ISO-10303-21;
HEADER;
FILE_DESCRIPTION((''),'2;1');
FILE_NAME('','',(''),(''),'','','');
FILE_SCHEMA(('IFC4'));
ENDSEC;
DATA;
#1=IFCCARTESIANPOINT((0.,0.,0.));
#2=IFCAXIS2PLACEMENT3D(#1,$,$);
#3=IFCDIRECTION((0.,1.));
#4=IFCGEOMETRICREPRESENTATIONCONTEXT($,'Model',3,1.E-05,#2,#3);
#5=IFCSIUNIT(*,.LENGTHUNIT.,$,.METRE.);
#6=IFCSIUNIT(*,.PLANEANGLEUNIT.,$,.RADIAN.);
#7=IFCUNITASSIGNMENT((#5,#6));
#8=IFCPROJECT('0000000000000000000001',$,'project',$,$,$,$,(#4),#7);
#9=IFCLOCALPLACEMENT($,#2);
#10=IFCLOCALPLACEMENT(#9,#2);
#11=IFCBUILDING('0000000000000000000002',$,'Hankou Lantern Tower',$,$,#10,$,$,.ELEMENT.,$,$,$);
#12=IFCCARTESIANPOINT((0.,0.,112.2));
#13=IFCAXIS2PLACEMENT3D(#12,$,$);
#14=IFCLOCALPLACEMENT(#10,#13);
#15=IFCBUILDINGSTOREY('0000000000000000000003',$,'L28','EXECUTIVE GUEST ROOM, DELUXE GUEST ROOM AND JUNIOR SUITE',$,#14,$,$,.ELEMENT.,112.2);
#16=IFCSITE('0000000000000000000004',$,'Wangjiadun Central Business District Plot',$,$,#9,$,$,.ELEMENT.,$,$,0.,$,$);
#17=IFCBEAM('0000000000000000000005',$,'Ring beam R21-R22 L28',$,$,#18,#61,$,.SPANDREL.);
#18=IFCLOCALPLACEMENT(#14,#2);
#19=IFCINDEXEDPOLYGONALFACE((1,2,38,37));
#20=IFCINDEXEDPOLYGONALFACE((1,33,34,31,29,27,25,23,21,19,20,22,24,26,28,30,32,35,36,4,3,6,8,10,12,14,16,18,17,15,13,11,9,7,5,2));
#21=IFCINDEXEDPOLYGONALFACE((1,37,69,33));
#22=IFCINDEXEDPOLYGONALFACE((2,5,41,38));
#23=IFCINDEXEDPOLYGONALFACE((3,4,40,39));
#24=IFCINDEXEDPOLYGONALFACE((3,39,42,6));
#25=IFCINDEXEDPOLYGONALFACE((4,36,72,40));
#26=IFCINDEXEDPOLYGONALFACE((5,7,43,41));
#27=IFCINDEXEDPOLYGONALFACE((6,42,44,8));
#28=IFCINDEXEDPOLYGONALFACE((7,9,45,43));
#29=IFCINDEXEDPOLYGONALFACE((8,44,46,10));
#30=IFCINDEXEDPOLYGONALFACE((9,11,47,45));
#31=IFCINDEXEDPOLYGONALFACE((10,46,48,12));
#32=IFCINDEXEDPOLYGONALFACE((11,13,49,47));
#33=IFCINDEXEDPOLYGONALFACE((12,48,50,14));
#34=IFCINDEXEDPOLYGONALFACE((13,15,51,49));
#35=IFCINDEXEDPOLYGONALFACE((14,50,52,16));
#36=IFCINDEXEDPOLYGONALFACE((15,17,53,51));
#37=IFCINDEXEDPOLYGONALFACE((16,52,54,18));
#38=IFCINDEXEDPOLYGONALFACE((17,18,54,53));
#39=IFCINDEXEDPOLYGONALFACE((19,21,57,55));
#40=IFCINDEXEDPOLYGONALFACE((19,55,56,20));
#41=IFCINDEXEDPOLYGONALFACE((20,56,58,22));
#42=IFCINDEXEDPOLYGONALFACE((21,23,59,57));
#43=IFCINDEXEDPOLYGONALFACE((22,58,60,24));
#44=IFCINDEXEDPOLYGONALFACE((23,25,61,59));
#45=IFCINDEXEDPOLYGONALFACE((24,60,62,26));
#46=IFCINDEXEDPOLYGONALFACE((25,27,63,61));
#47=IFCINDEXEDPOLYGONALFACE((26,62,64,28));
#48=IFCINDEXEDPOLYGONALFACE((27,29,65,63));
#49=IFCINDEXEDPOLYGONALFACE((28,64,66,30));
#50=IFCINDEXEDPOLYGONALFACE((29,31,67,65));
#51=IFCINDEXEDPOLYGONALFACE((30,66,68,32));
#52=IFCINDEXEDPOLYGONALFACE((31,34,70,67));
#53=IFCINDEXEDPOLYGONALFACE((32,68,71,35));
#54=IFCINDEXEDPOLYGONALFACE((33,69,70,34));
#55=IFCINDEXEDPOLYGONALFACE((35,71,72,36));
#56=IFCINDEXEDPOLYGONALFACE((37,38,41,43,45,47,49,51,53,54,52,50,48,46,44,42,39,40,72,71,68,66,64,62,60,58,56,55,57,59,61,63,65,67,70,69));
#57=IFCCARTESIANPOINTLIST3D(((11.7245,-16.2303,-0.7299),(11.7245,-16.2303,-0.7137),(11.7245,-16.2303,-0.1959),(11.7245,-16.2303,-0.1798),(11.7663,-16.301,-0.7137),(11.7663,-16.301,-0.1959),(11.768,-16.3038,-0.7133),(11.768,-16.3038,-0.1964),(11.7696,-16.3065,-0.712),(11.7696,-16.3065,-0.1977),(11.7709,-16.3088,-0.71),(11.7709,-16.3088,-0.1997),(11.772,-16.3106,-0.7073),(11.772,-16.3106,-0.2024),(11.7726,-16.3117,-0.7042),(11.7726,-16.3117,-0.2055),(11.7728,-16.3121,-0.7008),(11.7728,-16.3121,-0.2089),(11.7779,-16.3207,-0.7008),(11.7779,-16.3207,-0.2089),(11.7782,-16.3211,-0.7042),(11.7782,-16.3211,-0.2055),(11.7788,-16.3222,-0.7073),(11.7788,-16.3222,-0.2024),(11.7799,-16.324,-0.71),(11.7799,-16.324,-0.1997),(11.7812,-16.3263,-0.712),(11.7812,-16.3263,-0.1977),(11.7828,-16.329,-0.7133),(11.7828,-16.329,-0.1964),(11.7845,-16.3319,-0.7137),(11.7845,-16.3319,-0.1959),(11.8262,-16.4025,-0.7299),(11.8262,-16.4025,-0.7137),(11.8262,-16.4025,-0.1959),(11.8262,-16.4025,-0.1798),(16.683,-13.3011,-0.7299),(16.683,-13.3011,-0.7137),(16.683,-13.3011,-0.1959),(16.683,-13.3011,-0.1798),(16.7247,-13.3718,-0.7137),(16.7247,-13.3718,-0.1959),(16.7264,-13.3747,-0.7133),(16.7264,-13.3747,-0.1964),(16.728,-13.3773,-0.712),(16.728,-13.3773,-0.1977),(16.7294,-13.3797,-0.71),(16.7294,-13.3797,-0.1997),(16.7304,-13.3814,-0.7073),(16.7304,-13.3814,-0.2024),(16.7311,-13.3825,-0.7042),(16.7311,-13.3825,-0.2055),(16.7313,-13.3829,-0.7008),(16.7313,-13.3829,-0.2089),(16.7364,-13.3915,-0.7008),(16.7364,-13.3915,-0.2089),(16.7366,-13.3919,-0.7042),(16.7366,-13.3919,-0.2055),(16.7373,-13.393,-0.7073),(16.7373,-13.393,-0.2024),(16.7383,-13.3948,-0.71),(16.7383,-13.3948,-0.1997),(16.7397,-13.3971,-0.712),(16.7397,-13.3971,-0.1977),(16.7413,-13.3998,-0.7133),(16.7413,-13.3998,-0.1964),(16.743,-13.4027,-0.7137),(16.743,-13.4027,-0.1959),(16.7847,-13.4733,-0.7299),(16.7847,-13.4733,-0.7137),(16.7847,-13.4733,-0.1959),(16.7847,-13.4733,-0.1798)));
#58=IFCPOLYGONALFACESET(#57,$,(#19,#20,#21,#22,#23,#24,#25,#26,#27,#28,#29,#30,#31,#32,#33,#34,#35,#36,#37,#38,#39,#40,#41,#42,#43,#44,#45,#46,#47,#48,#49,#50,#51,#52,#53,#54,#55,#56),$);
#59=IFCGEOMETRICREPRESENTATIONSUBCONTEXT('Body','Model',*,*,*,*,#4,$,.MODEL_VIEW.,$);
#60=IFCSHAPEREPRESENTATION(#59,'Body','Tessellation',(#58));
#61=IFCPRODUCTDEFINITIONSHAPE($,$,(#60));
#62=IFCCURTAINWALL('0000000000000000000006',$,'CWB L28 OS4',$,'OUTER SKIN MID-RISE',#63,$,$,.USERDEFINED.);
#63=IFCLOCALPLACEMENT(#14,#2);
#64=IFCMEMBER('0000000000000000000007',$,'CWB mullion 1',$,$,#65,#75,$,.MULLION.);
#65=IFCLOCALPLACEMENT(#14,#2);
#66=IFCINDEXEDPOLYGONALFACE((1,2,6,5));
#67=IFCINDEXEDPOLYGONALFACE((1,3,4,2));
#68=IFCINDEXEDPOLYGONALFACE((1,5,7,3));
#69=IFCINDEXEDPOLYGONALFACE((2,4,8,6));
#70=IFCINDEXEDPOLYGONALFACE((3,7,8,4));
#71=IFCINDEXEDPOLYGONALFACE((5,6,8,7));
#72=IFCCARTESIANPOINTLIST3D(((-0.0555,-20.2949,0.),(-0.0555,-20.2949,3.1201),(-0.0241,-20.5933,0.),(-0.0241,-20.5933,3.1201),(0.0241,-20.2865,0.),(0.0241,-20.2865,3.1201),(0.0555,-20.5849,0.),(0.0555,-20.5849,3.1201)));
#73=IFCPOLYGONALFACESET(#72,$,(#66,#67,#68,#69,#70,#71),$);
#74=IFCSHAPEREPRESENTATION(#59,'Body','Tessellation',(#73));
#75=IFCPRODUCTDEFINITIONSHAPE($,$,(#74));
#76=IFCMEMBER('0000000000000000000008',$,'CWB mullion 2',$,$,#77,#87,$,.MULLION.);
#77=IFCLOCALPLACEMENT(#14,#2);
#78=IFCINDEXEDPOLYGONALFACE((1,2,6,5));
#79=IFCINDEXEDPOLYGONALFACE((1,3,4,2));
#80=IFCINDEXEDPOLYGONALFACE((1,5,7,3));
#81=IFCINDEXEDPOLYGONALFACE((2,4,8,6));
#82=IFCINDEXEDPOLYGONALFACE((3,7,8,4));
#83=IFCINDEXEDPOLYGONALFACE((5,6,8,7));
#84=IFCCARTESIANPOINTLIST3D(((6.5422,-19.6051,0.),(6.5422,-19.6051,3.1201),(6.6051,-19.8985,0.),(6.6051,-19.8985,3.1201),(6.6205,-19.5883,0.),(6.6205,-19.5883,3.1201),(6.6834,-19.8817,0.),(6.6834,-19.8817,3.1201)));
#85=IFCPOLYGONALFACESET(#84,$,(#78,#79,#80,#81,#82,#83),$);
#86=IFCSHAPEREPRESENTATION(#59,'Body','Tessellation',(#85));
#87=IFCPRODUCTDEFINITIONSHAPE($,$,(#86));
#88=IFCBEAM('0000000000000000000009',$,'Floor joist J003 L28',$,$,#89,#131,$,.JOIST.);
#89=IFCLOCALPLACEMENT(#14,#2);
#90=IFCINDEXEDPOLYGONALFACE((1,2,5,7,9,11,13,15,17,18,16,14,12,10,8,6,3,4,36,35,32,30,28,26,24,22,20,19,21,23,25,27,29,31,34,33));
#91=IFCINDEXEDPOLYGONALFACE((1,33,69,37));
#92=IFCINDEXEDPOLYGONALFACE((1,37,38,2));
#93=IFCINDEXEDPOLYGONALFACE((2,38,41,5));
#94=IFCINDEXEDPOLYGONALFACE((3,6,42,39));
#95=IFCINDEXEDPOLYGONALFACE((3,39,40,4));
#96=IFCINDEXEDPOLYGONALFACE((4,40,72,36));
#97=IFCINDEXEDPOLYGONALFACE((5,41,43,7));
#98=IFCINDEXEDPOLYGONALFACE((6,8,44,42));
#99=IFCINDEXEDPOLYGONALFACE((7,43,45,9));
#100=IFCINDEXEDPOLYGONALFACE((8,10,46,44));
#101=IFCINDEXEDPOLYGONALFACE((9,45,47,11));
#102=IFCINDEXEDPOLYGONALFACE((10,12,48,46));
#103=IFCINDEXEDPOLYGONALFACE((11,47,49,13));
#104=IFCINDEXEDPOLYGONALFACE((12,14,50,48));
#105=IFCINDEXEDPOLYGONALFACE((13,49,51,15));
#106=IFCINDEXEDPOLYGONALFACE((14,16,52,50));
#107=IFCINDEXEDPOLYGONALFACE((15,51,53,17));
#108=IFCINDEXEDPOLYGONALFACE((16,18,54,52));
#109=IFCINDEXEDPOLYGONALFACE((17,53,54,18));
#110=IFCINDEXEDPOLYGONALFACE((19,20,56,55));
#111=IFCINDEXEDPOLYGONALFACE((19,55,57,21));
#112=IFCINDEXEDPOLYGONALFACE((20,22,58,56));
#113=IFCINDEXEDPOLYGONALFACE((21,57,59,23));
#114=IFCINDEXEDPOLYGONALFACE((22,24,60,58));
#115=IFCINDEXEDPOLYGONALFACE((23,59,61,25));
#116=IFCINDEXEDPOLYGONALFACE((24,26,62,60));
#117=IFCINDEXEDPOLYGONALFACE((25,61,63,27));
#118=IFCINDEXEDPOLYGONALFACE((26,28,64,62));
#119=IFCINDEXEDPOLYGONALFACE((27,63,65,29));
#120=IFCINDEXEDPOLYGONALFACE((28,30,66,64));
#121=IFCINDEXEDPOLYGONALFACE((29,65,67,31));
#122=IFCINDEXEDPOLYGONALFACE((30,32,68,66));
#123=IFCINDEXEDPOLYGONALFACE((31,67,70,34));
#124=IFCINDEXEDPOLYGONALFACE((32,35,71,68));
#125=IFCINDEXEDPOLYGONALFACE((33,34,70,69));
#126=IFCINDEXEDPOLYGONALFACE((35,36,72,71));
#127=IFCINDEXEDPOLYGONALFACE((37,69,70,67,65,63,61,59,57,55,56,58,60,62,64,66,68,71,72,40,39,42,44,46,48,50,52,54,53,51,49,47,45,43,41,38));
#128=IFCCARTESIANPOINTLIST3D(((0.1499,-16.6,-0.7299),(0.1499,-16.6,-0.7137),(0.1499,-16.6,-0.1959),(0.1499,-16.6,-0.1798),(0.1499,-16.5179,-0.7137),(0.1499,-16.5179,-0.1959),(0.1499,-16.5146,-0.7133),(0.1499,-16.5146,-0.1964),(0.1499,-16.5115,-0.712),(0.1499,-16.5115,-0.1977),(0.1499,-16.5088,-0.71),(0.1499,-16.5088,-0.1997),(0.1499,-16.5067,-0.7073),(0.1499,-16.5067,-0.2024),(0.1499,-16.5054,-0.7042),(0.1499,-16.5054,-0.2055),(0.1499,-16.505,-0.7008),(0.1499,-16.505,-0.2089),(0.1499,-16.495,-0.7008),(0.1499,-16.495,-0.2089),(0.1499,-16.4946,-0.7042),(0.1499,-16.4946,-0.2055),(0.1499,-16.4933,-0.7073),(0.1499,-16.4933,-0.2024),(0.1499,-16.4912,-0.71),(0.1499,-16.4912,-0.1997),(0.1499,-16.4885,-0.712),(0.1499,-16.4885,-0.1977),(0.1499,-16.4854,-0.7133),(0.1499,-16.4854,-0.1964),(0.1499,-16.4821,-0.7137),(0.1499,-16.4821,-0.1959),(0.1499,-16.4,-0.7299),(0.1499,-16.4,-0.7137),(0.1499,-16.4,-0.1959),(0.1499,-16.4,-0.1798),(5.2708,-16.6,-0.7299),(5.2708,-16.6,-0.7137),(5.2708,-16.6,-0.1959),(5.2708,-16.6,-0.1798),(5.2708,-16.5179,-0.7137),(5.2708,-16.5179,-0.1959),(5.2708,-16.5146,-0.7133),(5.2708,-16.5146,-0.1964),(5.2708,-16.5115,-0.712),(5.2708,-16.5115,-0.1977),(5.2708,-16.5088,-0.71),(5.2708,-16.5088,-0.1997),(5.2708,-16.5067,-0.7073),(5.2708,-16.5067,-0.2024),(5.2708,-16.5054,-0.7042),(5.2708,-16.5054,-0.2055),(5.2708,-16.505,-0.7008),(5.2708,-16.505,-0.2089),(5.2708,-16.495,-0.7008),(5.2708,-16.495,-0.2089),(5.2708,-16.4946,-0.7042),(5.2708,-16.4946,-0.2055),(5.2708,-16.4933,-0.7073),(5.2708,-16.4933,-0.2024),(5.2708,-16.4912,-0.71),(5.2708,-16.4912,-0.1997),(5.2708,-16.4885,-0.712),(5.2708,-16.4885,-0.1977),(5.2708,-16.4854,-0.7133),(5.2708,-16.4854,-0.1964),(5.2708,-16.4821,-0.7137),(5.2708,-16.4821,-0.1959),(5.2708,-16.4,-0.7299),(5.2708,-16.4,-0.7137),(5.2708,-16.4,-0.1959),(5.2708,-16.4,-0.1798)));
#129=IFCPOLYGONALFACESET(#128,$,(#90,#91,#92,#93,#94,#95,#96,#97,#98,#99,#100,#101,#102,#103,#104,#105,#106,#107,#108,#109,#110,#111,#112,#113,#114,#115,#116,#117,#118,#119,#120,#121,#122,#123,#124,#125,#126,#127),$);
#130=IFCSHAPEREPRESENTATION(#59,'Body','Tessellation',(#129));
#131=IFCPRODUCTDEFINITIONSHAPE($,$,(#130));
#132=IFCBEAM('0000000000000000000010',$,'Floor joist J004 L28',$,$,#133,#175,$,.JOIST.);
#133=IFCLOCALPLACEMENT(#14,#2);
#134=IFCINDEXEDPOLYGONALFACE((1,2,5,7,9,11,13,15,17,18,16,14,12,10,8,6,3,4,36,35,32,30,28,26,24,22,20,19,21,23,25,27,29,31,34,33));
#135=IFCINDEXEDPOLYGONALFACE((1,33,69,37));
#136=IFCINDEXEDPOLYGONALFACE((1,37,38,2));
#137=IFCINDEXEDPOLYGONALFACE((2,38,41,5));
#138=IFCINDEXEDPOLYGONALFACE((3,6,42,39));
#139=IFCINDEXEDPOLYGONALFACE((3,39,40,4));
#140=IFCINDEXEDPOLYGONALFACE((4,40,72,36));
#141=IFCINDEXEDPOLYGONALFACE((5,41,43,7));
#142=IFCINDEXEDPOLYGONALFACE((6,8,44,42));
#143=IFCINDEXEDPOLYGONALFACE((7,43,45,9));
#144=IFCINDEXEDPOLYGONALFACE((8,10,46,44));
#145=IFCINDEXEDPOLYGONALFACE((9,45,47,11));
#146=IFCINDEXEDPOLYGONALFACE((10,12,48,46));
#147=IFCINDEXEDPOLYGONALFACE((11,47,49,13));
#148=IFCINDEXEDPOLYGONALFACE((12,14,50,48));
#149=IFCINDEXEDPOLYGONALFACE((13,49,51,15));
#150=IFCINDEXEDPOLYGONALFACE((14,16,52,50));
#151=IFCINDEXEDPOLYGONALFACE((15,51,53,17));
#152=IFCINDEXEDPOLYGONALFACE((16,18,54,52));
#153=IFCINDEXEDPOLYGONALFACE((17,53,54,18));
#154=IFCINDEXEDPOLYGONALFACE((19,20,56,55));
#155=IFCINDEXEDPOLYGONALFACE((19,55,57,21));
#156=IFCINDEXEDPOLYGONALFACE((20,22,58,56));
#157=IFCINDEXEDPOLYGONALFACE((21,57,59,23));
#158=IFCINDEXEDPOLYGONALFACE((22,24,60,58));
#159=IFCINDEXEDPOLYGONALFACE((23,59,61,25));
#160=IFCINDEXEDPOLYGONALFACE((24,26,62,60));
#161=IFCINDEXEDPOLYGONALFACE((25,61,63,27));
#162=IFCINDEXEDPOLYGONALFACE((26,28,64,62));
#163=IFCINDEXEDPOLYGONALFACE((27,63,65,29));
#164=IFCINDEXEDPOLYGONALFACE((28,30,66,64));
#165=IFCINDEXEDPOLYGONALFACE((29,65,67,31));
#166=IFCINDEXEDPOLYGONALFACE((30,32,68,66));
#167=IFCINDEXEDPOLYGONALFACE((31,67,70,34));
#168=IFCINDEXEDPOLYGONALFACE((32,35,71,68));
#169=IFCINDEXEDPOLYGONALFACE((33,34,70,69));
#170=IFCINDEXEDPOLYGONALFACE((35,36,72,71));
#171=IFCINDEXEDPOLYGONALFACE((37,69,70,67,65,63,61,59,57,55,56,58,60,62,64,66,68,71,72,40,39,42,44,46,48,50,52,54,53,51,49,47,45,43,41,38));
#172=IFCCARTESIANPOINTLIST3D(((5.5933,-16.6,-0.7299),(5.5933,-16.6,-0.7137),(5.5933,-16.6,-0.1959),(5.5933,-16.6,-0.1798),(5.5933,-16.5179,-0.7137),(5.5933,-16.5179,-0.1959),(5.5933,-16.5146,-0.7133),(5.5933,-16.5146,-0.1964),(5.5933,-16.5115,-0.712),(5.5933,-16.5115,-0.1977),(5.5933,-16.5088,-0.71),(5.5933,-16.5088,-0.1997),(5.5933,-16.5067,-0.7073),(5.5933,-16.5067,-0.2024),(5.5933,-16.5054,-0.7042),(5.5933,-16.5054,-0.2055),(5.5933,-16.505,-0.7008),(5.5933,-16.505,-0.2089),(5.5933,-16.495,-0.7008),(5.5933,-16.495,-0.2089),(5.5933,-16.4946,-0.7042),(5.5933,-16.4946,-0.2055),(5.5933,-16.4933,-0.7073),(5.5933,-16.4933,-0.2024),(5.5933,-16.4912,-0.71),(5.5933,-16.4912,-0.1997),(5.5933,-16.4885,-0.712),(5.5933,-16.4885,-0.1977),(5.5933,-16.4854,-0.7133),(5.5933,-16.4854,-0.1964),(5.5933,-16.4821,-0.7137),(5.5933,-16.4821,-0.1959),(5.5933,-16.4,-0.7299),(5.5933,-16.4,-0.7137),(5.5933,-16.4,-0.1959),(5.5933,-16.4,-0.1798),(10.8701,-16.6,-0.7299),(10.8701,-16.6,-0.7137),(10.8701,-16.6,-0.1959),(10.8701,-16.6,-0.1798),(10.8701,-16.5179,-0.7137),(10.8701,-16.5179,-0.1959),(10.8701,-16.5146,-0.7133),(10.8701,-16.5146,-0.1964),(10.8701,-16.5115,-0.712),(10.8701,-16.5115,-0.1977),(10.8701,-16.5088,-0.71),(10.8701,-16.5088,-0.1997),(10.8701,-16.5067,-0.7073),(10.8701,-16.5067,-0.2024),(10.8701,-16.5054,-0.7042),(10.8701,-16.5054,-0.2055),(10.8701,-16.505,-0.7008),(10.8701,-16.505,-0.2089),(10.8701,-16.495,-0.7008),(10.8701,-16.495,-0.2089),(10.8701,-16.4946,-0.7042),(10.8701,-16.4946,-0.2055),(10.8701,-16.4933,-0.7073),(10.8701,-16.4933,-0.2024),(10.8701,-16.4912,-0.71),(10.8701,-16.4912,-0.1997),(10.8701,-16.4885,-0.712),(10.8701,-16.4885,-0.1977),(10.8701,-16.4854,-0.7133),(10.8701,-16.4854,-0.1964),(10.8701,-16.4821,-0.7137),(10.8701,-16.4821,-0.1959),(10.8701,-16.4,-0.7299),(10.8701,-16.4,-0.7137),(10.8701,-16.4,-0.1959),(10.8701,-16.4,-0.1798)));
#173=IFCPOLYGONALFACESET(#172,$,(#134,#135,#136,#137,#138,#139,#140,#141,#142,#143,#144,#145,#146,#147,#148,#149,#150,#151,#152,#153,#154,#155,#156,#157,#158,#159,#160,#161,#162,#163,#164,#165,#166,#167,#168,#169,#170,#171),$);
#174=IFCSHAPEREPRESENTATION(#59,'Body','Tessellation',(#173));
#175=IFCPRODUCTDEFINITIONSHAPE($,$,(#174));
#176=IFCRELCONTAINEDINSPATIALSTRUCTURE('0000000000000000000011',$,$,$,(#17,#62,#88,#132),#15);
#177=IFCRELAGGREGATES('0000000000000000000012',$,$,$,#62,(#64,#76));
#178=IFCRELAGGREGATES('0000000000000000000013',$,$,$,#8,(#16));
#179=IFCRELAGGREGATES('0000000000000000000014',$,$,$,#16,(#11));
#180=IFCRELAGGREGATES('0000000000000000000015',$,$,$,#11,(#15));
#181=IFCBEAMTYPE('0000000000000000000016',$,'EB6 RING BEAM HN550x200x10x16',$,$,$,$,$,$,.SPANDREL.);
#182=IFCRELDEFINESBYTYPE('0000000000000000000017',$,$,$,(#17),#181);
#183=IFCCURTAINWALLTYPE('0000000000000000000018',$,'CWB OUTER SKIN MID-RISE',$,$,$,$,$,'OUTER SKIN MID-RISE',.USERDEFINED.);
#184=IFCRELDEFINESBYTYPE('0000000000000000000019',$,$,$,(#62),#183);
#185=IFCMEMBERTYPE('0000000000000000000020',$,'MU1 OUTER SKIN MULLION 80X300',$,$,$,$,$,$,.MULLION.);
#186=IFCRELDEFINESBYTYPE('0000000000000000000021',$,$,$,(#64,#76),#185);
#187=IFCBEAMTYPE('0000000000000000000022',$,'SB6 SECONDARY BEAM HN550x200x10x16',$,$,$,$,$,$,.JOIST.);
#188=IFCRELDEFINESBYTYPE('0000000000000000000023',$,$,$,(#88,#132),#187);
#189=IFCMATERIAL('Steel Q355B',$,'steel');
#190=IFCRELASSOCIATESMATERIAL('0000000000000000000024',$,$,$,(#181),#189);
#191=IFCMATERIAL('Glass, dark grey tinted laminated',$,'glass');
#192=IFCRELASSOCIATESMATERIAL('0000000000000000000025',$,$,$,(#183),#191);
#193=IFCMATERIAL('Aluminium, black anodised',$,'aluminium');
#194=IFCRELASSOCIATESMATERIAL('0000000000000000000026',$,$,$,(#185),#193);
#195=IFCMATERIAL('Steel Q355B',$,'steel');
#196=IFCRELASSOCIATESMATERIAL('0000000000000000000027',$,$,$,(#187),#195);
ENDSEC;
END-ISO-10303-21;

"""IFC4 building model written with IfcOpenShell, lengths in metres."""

from ifc_helpers import new_model, si_unit, direction, frame, origin, origin_2d, place, context, subcontext, project, spatial, rectangle, i_section, extrude, material, material_profile, profile_set, type_object, element, aggregate, save


model = new_model("IFC4")

# Units and contexts
model_context = context("Model", 3, precision=1e-05, world=origin(), true_north=direction((0.0, 1.0)))
body_context = subcontext(model_context, "Body", "Model", "MODEL_VIEW")
ifc_project = project(units=[si_unit("LENGTHUNIT", "METRE"), si_unit("PLANEANGLEUNIT", "RADIAN")], contexts=[model_context])

# Site, building, storey
site_placement = place(None, origin())
site = spatial("IfcSite", under=ifc_project, at=site_placement, Name="Wangjiadun Central Business District Plot", CompositionType="ELEMENT", RefElevation=0.0)
building_placement = place(site_placement, origin())
building = spatial("IfcBuilding", under=site, at=building_placement, Name="Hankou Lantern Tower", CompositionType="ELEMENT")
storey_placement = place(building_placement, frame((0.0, 0.0, 112.2)))
storey = spatial("IfcBuildingStorey", under=building, at=storey_placement, Name="L28", Description="EXECUTIVE GUEST ROOM, DELUXE GUEST ROOM AND JUNIOR SUITE", CompositionType="ELEMENT", Elevation=112.2)

# Beam
ifc_material_1 = material(Name="Steel Q355B", Category="steel")
ifc_material_profile_1 = material_profile(ifc_material_1, i_section(OverallWidth=0.2, OverallDepth=0.55, WebThickness=0.01, FlangeThickness=0.0161, FilletRadius=0.0129, at=origin_2d()), Name="HN550x200x10x16")
ifc_profile_set_1 = profile_set([ifc_material_profile_1], Name="Steel Q355B")
beam_type_1 = type_object("IfcBeamType", Name="EB6 RING BEAM HN550x200x10x16", PredefinedType="SPANDREL", material=ifc_profile_set_1)
beam_1_placement = place(storey_placement, frame((11.7754, -16.3164, -0.4548), z_axis=(0.860989, 0.508624, 0.0), x_axis=(-0.508624, 0.860989, 0.0)))
element("IfcBeam", 1, at=beam_1_placement, inside=storey, type_object=beam_type_1, Name="Ring beam R21-R22 L28", PredefinedType="SPANDREL", context=body_context, shape_type="SweptSolid", body=[
    extrude(i_section(OverallWidth=0.2, OverallDepth=0.55, WebThickness=0.01, FlangeThickness=0.0161, FilletRadius=0.0129, at=origin_2d()), origin(), (0.0, 0.0, 1.0), 5.759),
])

# Curtain wall, members
ifc_material_2 = material(Name="Glass, dark grey tinted laminated", Category="glass")
curtain_wall_type = type_object("IfcCurtainWallType", Name="CWB OUTER SKIN MID-RISE", ElementType="OUTER SKIN MID-RISE", PredefinedType="USERDEFINED", material=ifc_material_2)
curtain_wall_placement = place(storey_placement, origin())
curtain_wall = element("IfcCurtainWall", 2, at=curtain_wall_placement, inside=storey, type_object=curtain_wall_type, Name="CWB L28 OS4", ObjectType="OUTER SKIN MID-RISE", PredefinedType="USERDEFINED")
ifc_material_3 = material(Name="Aluminium, black anodised", Category="aluminium")
ifc_material_profile_2 = material_profile(ifc_material_3, rectangle(XDim=0.0801, YDim=0.3, at=origin_2d()), Name="MU1 80X300")
ifc_profile_set_2 = profile_set([ifc_material_profile_2], Name="Aluminium, black anodised")
member_type_1 = type_object("IfcMemberType", Name="MU1 OUTER SKIN MULLION 80X300", PredefinedType="MULLION", material=ifc_profile_set_2)
member_1_placement = place(storey_placement, frame((0.0, -20.4399, 0.0), z_axis=(0.0, 0.0, 1.0), x_axis=(0.994499, 0.104743, 0.0)))
member_1 = element("IfcMember", 3, at=member_1_placement, type_object=member_type_1, Name="CWB mullion 1", PredefinedType="MULLION", context=body_context, shape_type="SweptSolid", body=[
    extrude(rectangle(XDim=0.0801, YDim=0.3, at=origin_2d()), origin(), (0.0, 0.0, 1.0), 3.1201),
])
member_2_placement = place(storey_placement, frame((6.6128, -19.7434, 0.0), z_axis=(0.0, 0.0, 1.0), x_axis=(0.977788, 0.209598, 0.0)))
member_2 = element("IfcMember", 4, at=member_2_placement, type_object=member_type_1, Name="CWB mullion 2", PredefinedType="MULLION", context=body_context, shape_type="SweptSolid", body=[
    extrude(rectangle(XDim=0.0801, YDim=0.3, at=origin_2d()), origin(), (0.0, 0.0, 1.0), 3.1201),
])

# Beams
ifc_material_4 = material(Name="Steel Q355B", Category="steel")
ifc_material_profile_3 = material_profile(ifc_material_4, i_section(OverallWidth=0.2, OverallDepth=0.55, WebThickness=0.01, FlangeThickness=0.0161, FilletRadius=0.0129, at=origin_2d()), Name="HN550x200x10x16")
ifc_profile_set_3 = profile_set([ifc_material_profile_3], Name="Steel Q355B")
beam_type_2 = type_object("IfcBeamType", Name="SB6 SECONDARY BEAM HN550x200x10x16", PredefinedType="JOIST", material=ifc_profile_set_3)
beam_2_placement = place(storey_placement, frame((0.1499, -16.5, -0.4548), z_axis=(1.0, 0.0, 0.0), x_axis=(0.0, 1.0, 0.0)))
element("IfcBeam", 5, at=beam_2_placement, inside=storey, type_object=beam_type_2, Name="Floor joist J003 L28", PredefinedType="JOIST", context=body_context, shape_type="SweptSolid", body=[
    extrude(i_section(OverallWidth=0.2, OverallDepth=0.55, WebThickness=0.01, FlangeThickness=0.0161, FilletRadius=0.0129, at=origin_2d()), origin(), (0.0, 0.0, 1.0), 5.1208),
])
beam_3_placement = place(storey_placement, frame((5.5933, -16.5, -0.4548), z_axis=(1.0, 0.0, 0.0), x_axis=(0.0, 1.0, 0.0)))
element("IfcBeam", 6, at=beam_3_placement, inside=storey, type_object=beam_type_2, Name="Floor joist J004 L28", PredefinedType="JOIST", context=body_context, shape_type="SweptSolid", body=[
    extrude(i_section(OverallWidth=0.2, OverallDepth=0.55, WebThickness=0.01, FlangeThickness=0.0161, FilletRadius=0.0129, at=origin_2d()), origin(), (0.0, 0.0, 1.0), 5.2769),
])

aggregate(curtain_wall, [member_1, member_2])

save(model, "model.ifc")
